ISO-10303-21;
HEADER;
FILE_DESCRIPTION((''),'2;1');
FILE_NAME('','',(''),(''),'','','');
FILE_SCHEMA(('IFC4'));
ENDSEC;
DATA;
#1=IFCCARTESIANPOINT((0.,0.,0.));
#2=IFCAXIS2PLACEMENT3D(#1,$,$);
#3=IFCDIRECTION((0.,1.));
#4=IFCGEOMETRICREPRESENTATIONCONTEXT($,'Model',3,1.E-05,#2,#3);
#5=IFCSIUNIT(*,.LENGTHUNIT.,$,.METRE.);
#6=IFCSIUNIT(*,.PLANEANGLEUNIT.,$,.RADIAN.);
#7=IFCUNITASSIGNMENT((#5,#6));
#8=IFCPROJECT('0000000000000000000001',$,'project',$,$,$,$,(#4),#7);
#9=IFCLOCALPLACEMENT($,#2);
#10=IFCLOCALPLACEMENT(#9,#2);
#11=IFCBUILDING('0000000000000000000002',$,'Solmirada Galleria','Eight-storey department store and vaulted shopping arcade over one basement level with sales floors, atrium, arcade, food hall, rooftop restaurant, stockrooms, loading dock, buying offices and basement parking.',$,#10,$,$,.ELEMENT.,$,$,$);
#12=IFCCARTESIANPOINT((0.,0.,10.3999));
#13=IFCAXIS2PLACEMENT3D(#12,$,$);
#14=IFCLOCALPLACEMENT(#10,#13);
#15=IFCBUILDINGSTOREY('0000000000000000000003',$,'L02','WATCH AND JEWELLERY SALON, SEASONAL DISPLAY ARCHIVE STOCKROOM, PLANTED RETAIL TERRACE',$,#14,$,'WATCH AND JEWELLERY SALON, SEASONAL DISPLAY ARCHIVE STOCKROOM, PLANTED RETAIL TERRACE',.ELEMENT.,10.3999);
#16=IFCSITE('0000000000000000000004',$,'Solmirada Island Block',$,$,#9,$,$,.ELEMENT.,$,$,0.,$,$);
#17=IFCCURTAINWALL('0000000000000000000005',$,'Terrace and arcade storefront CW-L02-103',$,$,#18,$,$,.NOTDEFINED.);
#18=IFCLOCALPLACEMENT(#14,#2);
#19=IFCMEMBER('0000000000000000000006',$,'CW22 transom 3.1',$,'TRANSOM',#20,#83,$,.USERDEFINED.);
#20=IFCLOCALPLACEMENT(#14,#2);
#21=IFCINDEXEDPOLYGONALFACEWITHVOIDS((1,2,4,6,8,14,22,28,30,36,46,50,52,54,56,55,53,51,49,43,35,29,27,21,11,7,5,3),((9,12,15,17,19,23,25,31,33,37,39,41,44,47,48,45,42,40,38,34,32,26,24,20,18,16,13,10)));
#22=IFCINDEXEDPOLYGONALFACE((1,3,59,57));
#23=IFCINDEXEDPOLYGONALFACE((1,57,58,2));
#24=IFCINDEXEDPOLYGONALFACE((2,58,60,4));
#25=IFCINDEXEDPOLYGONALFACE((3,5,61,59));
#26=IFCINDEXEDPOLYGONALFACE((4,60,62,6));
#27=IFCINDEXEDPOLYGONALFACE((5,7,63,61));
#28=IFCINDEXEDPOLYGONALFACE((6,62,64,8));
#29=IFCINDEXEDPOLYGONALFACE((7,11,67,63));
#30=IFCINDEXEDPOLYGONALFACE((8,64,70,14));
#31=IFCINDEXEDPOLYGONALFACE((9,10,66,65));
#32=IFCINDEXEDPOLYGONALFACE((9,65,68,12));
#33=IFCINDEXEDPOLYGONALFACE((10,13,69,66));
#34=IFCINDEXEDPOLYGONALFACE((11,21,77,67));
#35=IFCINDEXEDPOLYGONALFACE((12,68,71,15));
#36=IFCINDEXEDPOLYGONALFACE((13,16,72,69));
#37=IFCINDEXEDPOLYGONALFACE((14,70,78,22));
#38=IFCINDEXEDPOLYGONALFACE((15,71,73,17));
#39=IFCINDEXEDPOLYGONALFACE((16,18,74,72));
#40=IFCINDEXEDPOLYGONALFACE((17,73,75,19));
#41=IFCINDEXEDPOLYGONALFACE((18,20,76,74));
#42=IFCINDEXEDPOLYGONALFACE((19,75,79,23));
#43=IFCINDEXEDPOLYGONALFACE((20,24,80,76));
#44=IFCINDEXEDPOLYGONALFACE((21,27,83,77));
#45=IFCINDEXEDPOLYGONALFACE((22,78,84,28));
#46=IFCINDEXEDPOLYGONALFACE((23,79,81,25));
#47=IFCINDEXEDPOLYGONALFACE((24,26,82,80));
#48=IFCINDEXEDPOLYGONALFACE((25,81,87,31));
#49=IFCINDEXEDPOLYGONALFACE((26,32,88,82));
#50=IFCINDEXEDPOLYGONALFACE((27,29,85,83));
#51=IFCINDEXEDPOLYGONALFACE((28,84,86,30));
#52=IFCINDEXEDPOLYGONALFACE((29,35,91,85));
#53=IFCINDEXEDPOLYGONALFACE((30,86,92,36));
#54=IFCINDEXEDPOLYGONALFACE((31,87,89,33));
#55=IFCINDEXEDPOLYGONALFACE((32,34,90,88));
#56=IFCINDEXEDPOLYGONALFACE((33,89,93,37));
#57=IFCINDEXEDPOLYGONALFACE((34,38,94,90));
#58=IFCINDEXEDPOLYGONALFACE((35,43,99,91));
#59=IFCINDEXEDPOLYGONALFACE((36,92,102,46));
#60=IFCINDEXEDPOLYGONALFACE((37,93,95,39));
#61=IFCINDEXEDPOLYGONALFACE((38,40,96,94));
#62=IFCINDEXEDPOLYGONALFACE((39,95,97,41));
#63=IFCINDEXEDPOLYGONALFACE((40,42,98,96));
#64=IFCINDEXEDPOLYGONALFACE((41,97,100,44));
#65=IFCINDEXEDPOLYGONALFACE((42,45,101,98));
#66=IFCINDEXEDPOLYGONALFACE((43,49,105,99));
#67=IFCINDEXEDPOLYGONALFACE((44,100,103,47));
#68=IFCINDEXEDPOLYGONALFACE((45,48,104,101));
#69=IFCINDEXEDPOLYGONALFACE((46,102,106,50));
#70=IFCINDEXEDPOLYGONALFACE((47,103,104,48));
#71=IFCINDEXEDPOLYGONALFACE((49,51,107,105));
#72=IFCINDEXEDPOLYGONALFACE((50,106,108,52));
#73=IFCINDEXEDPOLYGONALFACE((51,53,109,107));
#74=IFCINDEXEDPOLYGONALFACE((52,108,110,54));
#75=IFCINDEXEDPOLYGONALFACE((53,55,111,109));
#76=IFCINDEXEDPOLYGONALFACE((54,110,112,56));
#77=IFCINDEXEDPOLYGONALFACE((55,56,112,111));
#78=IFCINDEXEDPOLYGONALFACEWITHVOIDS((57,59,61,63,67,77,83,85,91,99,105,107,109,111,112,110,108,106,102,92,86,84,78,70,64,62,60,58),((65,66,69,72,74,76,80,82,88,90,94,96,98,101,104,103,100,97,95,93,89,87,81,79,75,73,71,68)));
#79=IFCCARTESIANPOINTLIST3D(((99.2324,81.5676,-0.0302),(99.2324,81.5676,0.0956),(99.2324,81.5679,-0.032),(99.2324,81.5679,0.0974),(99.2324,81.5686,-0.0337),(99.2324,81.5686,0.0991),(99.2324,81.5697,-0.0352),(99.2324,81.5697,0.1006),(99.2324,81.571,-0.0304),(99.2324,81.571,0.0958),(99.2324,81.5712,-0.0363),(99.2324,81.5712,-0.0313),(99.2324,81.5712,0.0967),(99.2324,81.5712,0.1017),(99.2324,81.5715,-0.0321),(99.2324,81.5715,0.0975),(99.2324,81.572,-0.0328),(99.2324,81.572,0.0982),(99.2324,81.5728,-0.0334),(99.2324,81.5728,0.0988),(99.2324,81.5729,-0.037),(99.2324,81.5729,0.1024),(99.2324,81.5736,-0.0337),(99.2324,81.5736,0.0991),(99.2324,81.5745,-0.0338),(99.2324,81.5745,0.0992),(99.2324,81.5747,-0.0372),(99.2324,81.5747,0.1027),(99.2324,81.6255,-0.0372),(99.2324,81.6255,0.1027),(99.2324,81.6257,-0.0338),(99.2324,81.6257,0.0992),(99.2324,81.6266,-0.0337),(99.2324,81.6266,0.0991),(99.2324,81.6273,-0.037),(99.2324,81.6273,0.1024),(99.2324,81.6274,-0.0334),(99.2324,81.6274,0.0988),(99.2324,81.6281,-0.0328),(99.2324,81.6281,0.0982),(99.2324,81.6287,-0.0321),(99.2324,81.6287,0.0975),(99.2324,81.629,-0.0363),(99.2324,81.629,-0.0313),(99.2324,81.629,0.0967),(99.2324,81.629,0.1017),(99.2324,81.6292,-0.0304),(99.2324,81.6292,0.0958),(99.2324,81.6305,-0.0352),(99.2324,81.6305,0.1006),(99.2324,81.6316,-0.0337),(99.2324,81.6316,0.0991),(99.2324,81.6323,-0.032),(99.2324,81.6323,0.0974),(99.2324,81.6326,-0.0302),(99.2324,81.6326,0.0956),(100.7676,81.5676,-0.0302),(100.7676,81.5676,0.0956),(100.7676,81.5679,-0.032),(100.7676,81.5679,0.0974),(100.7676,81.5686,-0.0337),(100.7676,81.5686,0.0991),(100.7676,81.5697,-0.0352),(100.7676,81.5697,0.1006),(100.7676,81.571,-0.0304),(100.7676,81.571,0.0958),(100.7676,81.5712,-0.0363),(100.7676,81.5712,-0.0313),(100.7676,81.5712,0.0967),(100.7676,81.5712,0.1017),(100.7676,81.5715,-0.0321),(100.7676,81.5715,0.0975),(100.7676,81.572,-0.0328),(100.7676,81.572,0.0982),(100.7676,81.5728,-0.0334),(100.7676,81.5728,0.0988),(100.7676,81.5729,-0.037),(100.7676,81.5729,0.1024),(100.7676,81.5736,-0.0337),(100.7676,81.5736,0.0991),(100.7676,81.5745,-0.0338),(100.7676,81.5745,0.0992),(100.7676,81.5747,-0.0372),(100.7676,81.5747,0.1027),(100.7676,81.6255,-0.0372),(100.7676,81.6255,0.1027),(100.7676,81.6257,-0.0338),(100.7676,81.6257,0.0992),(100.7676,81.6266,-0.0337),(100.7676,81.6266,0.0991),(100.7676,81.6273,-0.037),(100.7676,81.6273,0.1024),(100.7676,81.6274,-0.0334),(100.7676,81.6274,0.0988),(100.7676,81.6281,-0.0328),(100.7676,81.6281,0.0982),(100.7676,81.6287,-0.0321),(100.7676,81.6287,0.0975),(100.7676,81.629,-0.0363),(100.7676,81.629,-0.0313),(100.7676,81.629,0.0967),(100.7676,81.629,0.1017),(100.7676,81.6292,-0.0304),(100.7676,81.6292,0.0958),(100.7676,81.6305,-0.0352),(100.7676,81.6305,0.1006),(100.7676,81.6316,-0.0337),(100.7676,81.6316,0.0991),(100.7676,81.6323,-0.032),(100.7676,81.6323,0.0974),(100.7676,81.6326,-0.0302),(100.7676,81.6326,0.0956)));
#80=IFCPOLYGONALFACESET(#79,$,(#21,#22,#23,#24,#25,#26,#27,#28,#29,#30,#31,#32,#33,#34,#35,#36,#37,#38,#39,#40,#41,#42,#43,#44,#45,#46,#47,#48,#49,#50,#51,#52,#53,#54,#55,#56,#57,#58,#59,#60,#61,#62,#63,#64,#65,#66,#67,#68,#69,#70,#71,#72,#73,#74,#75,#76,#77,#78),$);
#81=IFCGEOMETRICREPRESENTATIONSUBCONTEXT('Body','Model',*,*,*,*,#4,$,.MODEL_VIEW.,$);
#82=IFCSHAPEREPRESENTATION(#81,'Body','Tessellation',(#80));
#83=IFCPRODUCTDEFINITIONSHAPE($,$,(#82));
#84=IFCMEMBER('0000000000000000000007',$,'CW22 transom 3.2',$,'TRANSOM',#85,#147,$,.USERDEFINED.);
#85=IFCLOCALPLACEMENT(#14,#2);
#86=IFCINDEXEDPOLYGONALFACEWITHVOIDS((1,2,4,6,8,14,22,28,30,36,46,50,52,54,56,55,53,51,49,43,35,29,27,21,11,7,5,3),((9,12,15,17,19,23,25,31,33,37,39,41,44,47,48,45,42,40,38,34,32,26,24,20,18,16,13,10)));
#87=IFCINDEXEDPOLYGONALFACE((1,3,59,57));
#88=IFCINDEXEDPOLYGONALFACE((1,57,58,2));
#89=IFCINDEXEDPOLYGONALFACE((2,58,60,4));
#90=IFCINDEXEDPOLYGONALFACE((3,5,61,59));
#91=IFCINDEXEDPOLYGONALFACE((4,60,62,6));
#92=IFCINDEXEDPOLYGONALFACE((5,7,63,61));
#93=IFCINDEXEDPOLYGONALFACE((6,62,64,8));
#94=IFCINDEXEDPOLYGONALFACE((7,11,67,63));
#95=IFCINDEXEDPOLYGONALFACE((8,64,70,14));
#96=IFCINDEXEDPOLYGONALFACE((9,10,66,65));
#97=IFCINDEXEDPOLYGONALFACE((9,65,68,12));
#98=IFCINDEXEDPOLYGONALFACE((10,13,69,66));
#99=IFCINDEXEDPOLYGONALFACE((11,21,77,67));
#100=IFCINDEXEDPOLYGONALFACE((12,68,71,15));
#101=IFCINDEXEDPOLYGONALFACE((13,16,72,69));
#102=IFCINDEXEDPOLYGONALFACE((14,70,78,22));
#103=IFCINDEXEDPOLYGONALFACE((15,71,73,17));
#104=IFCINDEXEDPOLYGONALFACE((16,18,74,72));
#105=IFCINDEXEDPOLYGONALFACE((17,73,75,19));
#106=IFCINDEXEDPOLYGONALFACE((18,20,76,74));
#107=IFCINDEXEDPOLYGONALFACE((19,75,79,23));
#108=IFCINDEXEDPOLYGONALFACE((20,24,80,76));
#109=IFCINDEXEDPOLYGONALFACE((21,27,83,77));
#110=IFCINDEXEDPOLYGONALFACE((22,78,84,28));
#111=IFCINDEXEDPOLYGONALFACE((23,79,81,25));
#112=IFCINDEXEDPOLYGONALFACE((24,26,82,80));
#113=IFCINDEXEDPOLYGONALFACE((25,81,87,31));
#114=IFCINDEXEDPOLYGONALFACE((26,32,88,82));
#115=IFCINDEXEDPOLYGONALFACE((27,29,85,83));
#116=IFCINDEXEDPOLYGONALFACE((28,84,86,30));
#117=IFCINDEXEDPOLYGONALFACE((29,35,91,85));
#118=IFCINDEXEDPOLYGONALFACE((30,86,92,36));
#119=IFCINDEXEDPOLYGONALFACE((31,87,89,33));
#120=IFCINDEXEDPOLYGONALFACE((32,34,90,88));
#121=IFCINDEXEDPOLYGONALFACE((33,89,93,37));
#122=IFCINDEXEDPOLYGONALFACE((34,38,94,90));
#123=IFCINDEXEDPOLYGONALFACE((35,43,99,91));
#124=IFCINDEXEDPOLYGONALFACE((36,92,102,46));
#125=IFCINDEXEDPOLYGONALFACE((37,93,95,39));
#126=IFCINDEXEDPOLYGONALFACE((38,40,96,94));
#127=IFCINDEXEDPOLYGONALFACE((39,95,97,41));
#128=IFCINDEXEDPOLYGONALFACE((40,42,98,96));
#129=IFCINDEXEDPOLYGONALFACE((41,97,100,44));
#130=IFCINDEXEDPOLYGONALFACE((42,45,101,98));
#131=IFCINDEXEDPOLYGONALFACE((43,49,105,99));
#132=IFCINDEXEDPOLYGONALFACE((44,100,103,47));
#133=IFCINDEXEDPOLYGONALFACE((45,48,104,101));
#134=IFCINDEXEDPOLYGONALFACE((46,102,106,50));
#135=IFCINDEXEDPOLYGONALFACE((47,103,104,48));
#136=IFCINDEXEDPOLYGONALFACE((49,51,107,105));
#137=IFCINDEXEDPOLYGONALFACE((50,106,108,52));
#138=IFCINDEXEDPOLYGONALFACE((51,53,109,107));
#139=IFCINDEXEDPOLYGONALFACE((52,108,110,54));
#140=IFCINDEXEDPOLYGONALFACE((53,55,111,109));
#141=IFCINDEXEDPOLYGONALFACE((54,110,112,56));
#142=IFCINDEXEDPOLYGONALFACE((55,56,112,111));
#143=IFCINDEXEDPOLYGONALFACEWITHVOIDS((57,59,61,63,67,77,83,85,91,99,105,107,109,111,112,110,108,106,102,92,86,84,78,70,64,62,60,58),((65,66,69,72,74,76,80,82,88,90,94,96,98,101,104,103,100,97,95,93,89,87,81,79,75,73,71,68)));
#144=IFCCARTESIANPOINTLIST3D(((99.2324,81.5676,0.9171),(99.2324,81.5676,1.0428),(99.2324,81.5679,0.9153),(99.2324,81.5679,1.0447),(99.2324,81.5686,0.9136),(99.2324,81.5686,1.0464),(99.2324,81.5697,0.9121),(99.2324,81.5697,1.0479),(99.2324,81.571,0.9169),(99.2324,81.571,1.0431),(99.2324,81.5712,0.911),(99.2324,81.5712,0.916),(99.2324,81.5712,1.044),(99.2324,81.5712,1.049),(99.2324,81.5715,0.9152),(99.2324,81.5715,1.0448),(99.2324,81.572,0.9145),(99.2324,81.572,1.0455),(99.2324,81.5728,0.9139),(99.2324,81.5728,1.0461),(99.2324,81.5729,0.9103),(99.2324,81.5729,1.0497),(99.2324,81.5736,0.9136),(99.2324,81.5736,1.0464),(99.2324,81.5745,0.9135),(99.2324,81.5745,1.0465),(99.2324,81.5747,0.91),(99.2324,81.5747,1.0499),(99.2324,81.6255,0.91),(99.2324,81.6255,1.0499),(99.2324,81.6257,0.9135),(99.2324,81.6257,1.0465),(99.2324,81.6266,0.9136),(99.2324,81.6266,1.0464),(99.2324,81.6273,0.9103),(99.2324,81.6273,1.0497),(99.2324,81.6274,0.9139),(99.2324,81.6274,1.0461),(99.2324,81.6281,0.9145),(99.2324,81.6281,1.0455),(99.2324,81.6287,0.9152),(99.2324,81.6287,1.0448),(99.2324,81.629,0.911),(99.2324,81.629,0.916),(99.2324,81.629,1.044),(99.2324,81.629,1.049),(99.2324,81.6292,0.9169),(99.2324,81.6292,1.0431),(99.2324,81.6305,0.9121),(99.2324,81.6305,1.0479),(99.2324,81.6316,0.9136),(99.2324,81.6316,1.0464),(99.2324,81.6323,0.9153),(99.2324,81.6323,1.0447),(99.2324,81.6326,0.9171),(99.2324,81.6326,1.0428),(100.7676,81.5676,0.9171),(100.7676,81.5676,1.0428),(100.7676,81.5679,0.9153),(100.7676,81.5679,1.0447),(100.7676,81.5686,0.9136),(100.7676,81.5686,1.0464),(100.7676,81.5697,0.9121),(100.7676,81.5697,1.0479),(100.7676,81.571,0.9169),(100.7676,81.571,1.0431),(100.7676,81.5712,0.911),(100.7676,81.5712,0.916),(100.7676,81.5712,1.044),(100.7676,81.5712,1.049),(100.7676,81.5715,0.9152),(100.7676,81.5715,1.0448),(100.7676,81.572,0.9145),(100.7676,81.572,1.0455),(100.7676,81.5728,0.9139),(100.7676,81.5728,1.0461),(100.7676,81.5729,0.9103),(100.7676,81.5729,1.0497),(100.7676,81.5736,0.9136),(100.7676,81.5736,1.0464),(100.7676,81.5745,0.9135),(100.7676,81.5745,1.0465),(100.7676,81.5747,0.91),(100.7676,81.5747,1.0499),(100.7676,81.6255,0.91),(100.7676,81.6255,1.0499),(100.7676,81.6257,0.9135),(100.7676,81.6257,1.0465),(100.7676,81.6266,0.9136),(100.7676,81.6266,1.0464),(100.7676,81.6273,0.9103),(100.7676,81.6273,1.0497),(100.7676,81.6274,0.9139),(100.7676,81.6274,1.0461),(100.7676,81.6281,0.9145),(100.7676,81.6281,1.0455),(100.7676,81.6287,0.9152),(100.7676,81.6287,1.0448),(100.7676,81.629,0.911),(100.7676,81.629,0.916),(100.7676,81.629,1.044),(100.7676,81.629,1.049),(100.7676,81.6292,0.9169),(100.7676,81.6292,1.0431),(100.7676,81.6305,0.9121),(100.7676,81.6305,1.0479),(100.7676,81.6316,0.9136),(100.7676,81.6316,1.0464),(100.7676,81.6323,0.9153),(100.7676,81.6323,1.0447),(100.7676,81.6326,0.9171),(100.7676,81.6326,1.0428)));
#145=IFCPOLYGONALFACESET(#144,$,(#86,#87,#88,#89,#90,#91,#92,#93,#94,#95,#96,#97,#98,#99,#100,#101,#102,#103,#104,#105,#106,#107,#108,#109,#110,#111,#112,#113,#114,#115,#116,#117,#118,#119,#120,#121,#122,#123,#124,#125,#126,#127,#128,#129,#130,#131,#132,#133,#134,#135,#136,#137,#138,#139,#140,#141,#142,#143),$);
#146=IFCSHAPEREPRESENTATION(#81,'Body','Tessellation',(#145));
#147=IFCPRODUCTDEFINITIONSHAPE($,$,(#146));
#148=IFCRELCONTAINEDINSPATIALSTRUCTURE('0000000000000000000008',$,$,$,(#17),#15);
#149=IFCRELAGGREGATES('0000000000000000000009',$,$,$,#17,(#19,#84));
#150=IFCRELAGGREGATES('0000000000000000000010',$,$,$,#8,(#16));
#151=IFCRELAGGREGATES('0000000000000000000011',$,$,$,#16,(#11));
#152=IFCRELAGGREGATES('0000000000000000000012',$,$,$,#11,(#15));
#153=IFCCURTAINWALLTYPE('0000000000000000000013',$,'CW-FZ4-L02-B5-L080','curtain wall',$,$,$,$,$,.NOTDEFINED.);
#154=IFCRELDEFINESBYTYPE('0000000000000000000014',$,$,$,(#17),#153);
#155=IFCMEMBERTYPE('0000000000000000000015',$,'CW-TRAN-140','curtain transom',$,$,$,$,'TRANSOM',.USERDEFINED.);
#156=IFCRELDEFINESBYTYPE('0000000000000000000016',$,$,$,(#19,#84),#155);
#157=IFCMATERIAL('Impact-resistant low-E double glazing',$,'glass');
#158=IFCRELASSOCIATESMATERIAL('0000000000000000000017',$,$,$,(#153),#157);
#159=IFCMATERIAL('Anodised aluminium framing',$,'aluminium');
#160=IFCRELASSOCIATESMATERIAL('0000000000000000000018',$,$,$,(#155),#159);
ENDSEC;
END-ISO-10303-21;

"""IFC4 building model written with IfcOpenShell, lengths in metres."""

from ifc_helpers import new_model, si_unit, direction, frame, origin, origin_2d, place, context, subcontext, project, spatial, hollow_rectangle, extrude, material, material_profile, profile_set, type_object, element, aggregate, save


model = new_model("IFC4")

# Units and contexts
model_context = context("Model", 3, precision=1e-05, world=origin(), true_north=direction((0.0, 1.0)))
body_context = subcontext(model_context, "Body", "Model", "MODEL_VIEW")
ifc_project = project(units=[si_unit("LENGTHUNIT", "METRE"), si_unit("PLANEANGLEUNIT", "RADIAN")], contexts=[model_context])

# Site, building, storey
site_placement = place(None, origin())
site = spatial("IfcSite", under=ifc_project, at=site_placement, Name="Solmirada Island Block", CompositionType="ELEMENT", RefElevation=0.0)
building_placement = place(site_placement, origin())
building = spatial("IfcBuilding", under=site, at=building_placement, Name="Solmirada Galleria", Description="Eight-storey department store and vaulted shopping arcade over one basement level with sales floors, atrium, arcade, food hall, rooftop restaurant, stockrooms, loading dock, buying offices and basement parking.", CompositionType="ELEMENT")
storey_placement = place(building_placement, frame((0.0, 0.0, 10.3999)))
storey = spatial("IfcBuildingStorey", under=building, at=storey_placement, Name="L02", Description="WATCH AND JEWELLERY SALON, SEASONAL DISPLAY ARCHIVE STOCKROOM, PLANTED RETAIL TERRACE", LongName="WATCH AND JEWELLERY SALON, SEASONAL DISPLAY ARCHIVE STOCKROOM, PLANTED RETAIL TERRACE", CompositionType="ELEMENT", Elevation=10.3999)

# Curtain wall, members
ifc_material_1 = material(Name="Impact-resistant low-E double glazing", Category="glass")
curtain_wall_type = type_object("IfcCurtainWallType", Name="CW-FZ4-L02-B5-L080", Description="curtain wall", PredefinedType="NOTDEFINED", material=ifc_material_1)
curtain_wall_placement = place(storey_placement, origin())
curtain_wall = element("IfcCurtainWall", 1, at=curtain_wall_placement, inside=storey, type_object=curtain_wall_type, Name="Terrace and arcade storefront CW-L02-103", PredefinedType="NOTDEFINED")
ifc_material_2 = material(Name="Anodised aluminium framing", Category="aluminium")
ifc_material_profile_1 = material_profile(ifc_material_2, hollow_rectangle(XDim=0.0649, YDim=0.1399, WallThickness=0.0034, InnerFilletRadius=0.0034, OuterFilletRadius=0.0071, at=origin_2d()), Name="ALU-TRAN-140X65")
ifc_profile_set_1 = profile_set([ifc_material_profile_1], Name="Anodised aluminium framing")
member_type_1 = type_object("IfcMemberType", Name="CW-TRAN-140", Description="curtain transom", ElementType="TRANSOM", PredefinedType="USERDEFINED", material=ifc_profile_set_1)
member_1_placement = place(storey_placement, frame((100.7676, 81.6001, 0.0327), z_axis=(-1.0, 0.0, 0.0), x_axis=(0.0, -1.0, 0.0)))
member_1 = element("IfcMember", 2, at=member_1_placement, type_object=member_type_1, Name="CW22 transom 3.1", ObjectType="TRANSOM", PredefinedType="USERDEFINED", context=body_context, shape_type="SweptSolid", body=[
    extrude(hollow_rectangle(XDim=0.0649, YDim=0.1399, WallThickness=0.0034, InnerFilletRadius=0.0034, OuterFilletRadius=0.0071, at=origin_2d()), origin(), (0.0, 0.0, 1.0), 1.5352),
])
member_2_placement = place(storey_placement, frame((100.7676, 81.6001, 0.98), z_axis=(-1.0, 0.0, 0.0), x_axis=(0.0, -1.0, 0.0)))
member_2 = element("IfcMember", 3, at=member_2_placement, type_object=member_type_1, Name="CW22 transom 3.2", ObjectType="TRANSOM", PredefinedType="USERDEFINED", context=body_context, shape_type="SweptSolid", body=[
    extrude(hollow_rectangle(XDim=0.0649, YDim=0.1399, WallThickness=0.0034, InnerFilletRadius=0.0034, OuterFilletRadius=0.0071, at=origin_2d()), origin(), (0.0, 0.0, 1.0), 1.5352),
])
aggregate(curtain_wall, [member_1, member_2])

save(model, "model.ifc")
